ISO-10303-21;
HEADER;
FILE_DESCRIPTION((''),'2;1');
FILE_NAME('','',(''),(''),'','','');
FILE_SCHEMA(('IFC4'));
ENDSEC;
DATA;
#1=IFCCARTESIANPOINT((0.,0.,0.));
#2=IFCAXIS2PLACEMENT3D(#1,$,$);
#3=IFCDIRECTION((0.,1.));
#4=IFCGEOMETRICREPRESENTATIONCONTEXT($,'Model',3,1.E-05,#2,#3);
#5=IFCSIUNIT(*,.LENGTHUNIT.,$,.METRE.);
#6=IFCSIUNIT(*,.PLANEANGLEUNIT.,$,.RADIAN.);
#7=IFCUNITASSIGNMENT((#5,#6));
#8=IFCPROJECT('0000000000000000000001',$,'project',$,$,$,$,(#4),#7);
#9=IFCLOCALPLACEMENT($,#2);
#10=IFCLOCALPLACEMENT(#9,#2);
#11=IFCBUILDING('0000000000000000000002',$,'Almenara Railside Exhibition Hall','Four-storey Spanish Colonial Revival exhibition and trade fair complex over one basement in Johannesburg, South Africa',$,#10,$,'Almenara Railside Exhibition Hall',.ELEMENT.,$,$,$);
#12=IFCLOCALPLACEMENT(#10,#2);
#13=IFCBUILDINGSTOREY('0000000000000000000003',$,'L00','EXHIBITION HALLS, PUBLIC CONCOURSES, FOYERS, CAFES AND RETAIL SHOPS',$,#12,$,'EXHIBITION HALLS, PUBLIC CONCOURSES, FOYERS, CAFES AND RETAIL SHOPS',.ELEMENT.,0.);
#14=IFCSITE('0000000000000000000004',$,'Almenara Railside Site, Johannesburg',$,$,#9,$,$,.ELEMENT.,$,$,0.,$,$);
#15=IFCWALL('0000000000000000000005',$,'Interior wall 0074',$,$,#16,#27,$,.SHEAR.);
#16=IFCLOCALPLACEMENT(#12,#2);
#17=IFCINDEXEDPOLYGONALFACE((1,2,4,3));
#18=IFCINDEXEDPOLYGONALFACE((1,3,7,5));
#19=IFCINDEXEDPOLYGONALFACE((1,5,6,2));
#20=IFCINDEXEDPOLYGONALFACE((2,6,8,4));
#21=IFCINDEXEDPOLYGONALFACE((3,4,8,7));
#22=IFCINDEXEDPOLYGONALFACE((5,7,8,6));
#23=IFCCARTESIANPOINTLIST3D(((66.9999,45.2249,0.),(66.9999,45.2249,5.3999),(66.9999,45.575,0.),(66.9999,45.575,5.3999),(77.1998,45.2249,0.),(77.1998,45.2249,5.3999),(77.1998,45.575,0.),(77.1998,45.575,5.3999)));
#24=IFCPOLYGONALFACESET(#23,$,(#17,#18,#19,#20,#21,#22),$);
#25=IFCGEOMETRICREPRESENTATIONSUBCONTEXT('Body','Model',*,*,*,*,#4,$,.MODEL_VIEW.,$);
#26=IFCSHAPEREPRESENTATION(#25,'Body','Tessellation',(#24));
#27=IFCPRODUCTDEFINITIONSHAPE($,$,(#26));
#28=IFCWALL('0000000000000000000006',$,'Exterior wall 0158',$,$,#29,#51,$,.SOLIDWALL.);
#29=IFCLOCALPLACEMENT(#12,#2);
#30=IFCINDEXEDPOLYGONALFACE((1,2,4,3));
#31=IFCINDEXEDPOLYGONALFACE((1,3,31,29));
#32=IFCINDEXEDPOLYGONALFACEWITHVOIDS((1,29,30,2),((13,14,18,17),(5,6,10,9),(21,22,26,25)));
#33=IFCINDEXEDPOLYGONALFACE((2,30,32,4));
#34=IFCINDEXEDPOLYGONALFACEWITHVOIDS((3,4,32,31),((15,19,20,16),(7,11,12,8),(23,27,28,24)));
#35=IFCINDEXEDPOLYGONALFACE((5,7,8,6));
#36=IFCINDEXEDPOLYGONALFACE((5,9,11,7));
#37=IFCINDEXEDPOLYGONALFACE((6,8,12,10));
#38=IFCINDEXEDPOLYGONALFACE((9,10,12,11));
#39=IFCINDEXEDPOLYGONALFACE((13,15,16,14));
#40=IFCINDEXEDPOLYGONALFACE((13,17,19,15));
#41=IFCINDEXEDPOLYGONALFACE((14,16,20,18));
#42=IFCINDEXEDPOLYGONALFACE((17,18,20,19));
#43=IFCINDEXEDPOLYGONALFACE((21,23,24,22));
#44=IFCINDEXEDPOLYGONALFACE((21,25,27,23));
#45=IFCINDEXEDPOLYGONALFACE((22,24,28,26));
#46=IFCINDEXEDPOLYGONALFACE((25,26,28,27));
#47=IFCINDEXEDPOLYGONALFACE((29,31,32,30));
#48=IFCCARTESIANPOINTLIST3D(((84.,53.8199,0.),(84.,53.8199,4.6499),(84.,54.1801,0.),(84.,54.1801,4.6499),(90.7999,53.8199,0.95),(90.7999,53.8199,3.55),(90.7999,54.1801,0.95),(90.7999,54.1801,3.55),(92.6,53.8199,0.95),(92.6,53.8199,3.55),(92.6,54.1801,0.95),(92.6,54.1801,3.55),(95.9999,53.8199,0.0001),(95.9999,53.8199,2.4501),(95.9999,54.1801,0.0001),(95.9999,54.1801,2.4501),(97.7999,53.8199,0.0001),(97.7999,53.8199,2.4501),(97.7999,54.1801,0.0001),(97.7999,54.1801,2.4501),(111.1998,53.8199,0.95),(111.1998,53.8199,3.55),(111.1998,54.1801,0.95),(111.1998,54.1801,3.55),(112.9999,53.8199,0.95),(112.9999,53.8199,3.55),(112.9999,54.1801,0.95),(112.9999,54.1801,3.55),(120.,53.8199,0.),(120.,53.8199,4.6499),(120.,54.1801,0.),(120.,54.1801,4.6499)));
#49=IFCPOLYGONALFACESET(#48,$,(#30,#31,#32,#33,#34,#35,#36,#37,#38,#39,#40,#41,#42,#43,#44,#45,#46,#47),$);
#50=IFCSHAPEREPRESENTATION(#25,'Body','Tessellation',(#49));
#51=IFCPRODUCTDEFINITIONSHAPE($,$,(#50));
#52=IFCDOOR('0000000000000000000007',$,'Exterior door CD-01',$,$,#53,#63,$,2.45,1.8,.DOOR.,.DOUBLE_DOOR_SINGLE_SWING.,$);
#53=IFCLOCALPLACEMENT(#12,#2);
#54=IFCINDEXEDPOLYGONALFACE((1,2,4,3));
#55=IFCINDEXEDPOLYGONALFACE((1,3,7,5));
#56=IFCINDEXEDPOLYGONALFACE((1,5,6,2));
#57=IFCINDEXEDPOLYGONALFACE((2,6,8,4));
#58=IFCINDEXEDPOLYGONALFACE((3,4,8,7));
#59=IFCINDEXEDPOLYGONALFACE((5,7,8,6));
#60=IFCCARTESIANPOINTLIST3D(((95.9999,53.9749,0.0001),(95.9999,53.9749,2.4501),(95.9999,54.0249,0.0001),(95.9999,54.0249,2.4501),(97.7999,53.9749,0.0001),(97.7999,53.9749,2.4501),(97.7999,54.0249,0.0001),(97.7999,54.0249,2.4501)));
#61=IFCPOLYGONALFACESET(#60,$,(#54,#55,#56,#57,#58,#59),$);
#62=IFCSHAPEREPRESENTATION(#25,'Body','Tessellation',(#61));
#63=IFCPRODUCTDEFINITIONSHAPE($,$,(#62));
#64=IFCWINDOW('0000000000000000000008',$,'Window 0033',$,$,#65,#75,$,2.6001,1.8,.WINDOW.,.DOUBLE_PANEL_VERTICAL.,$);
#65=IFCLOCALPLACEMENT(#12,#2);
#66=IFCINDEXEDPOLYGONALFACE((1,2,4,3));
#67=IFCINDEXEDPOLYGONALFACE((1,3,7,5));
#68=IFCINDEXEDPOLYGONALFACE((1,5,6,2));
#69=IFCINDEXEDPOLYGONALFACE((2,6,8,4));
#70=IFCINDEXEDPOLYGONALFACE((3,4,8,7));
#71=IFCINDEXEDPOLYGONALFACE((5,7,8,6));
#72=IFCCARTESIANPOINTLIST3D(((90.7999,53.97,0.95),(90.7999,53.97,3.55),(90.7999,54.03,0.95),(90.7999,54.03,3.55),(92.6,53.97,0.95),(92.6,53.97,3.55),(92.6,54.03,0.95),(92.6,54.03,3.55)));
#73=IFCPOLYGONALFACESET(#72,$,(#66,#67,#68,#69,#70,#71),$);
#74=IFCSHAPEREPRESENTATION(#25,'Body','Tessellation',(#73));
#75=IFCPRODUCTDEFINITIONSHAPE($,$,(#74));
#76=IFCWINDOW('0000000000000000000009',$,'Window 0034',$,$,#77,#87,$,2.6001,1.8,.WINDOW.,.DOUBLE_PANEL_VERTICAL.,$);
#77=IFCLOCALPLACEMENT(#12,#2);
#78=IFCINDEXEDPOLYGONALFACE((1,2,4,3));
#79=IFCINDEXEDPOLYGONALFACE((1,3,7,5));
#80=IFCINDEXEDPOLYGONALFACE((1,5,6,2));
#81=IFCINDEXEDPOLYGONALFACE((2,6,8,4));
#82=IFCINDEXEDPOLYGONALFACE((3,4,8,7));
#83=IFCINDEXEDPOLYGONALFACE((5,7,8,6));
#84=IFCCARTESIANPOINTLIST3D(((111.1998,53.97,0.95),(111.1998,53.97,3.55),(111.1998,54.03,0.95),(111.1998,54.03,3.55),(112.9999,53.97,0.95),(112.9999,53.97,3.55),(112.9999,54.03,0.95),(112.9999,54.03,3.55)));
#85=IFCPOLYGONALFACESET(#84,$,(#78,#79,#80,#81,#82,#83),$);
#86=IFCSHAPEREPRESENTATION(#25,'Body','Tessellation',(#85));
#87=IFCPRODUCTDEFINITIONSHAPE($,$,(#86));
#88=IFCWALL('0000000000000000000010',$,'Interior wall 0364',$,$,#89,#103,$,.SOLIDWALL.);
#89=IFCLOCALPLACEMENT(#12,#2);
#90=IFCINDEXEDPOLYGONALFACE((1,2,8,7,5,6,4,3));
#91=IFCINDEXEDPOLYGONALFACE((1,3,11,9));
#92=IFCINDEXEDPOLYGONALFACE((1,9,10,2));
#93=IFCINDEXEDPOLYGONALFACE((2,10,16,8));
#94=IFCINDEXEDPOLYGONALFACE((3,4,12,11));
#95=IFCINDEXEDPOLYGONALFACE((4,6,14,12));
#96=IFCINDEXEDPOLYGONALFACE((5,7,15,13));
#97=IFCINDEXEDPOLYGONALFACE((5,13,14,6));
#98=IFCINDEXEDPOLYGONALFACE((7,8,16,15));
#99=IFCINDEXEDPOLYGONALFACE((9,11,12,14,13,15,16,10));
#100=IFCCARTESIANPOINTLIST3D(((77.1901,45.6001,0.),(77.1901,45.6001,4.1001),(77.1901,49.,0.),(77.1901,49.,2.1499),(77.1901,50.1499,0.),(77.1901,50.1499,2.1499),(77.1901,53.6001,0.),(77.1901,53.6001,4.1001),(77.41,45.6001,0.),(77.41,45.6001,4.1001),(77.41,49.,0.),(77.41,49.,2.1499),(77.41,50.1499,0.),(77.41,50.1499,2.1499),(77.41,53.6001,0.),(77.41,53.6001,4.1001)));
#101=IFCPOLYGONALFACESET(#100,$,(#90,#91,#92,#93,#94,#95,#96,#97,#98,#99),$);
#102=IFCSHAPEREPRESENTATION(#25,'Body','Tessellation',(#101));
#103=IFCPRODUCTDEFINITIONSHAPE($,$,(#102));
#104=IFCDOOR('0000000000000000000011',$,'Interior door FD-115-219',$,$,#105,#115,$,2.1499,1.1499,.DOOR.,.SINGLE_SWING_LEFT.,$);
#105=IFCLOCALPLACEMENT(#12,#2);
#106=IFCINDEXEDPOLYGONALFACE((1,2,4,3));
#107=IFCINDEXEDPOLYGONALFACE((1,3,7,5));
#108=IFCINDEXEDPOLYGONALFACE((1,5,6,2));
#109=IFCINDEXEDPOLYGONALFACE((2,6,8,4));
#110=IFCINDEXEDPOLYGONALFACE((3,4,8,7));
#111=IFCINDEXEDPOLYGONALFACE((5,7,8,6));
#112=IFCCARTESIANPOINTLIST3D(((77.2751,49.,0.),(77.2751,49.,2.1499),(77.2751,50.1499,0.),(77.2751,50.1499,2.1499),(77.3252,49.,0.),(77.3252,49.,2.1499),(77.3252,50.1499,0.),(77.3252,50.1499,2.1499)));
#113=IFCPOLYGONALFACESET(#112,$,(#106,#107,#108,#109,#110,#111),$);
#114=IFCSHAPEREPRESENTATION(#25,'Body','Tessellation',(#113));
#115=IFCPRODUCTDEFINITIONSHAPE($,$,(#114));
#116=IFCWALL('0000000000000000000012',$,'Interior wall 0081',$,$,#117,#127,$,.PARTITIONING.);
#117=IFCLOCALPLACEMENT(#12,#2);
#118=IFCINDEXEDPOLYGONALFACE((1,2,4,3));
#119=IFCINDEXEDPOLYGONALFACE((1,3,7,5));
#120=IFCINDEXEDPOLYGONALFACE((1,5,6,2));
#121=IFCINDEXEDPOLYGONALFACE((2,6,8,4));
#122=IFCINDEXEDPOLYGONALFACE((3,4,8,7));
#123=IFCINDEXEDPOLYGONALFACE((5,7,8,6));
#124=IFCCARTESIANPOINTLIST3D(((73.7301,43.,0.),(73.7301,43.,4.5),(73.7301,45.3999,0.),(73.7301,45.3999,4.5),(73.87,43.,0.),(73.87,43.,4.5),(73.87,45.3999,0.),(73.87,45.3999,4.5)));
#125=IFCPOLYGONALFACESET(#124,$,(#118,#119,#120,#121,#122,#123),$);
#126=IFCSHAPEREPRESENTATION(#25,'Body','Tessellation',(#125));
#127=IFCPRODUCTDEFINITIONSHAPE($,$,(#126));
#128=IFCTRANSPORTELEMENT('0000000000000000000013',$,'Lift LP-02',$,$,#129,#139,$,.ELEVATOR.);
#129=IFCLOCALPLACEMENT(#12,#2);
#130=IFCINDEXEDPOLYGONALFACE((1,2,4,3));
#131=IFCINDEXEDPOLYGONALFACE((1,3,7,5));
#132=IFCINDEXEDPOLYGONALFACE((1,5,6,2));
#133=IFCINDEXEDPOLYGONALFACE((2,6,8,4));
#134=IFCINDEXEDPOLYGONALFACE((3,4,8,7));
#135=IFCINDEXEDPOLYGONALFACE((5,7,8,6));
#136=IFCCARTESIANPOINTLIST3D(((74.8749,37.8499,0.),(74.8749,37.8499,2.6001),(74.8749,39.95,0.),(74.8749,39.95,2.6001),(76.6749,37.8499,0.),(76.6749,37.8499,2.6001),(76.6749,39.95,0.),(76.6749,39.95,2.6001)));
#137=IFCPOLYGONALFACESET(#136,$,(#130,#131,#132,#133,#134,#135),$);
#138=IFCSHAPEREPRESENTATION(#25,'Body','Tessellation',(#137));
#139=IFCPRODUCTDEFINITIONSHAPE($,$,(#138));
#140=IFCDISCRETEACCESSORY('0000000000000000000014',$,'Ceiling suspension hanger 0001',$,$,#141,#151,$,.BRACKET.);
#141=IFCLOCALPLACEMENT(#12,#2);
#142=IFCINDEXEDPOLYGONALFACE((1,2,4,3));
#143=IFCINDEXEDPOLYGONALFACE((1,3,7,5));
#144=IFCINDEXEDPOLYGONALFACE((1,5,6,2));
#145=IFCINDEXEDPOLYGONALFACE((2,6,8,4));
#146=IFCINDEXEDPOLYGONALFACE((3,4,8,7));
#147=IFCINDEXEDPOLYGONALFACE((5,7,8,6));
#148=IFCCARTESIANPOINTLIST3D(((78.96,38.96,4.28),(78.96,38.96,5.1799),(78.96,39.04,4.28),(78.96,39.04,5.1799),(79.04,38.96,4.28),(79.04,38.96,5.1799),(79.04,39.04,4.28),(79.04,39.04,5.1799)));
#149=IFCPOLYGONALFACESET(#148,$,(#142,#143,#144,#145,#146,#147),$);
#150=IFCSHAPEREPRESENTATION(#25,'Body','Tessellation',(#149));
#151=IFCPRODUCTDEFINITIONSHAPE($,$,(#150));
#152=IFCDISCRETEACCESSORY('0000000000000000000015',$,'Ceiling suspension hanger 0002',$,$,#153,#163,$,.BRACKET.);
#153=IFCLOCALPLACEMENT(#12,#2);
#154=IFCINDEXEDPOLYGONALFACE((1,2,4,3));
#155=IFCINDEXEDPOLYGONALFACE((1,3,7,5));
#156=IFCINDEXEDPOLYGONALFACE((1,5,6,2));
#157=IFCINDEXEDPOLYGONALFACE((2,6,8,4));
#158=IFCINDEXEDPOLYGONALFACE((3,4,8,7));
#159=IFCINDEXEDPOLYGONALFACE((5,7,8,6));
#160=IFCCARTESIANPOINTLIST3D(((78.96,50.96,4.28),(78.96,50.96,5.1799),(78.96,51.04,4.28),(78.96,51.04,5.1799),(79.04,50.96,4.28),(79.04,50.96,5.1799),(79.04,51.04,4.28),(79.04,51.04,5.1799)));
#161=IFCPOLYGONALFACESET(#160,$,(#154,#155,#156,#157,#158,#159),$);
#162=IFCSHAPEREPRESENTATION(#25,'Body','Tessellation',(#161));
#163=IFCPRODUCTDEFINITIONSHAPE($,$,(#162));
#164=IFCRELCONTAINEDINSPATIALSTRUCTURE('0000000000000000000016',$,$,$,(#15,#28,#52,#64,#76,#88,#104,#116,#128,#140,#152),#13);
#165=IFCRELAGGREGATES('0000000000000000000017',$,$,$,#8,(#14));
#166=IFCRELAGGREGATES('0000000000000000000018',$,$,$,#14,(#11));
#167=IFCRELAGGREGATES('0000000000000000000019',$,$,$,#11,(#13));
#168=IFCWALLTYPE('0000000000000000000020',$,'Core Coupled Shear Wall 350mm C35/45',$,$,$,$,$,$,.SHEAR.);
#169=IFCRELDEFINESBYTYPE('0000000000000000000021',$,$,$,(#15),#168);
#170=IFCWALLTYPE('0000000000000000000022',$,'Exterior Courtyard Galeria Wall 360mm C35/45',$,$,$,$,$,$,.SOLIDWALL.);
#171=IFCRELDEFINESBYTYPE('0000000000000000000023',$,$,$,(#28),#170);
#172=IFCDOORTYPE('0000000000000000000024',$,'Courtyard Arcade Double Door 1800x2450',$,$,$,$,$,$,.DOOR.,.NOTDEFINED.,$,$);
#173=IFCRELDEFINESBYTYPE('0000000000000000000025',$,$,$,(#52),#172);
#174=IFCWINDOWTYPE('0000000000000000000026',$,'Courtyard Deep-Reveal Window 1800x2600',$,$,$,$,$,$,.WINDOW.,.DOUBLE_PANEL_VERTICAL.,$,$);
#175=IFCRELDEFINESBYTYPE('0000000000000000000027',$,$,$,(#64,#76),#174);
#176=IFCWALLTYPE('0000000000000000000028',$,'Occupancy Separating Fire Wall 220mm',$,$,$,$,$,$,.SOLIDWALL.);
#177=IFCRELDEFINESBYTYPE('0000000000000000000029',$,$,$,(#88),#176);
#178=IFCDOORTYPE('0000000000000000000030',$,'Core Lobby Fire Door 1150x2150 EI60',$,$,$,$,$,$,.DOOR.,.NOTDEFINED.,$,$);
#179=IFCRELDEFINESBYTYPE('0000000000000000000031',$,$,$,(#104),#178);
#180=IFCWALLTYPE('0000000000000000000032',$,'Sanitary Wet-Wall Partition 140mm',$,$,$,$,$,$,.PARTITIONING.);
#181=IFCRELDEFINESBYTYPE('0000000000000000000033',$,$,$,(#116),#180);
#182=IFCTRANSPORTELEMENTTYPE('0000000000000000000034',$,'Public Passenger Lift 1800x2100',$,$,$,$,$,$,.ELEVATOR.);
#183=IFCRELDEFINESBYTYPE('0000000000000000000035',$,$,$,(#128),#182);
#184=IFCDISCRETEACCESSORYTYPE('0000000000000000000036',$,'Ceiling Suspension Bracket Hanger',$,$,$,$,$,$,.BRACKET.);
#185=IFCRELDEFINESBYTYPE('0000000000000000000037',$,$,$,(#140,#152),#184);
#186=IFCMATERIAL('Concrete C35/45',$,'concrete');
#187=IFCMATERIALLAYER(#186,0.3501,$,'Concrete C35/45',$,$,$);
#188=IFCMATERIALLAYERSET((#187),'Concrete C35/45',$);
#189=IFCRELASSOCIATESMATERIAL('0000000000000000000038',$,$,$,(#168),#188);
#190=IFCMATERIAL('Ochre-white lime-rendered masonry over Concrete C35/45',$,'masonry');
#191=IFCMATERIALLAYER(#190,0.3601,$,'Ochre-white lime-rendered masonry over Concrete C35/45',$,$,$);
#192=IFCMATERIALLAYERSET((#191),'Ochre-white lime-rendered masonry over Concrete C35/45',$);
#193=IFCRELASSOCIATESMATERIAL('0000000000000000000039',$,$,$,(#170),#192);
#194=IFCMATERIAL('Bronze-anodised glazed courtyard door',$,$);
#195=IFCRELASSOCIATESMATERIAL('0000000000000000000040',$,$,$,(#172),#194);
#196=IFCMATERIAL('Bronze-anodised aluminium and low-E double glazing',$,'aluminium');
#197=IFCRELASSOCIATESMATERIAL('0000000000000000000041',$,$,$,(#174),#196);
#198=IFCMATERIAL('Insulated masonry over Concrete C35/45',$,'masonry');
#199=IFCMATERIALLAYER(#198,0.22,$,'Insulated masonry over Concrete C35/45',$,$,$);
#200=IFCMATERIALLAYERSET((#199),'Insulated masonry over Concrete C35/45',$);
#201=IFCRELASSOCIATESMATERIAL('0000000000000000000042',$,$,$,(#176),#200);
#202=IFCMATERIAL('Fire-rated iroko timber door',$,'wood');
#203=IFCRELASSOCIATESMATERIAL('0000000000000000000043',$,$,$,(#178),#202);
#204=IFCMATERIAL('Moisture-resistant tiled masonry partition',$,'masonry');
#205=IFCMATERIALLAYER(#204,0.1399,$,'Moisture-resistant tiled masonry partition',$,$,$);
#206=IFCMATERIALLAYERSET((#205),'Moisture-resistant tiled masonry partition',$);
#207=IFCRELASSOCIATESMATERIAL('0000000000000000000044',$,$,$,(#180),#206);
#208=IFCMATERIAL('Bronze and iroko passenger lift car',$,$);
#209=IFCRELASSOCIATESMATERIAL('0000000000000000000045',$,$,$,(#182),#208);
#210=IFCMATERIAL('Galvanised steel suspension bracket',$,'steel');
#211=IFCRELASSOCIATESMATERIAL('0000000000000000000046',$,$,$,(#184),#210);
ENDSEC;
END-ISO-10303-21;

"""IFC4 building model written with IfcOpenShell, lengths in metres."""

from ifc_helpers import new_model, si_unit, direction, frame, frame_2d, origin, origin_2d, place, context, subcontext, project, spatial, rectangle, extrude, material, layer, layer_set, type_object, element, fill, save


model = new_model("IFC4")

# Units and contexts
model_context = context("Model", 3, precision=1e-05, world=origin(), true_north=direction((0.0, 1.0)))
body_context = subcontext(model_context, "Body", "Model", "MODEL_VIEW")
ifc_project = project(units=[si_unit("LENGTHUNIT", "METRE"), si_unit("PLANEANGLEUNIT", "RADIAN")], contexts=[model_context])

# Site, building, storey
site_placement = place(None, origin())
site = spatial("IfcSite", under=ifc_project, at=site_placement, Name="Almenara Railside Site, Johannesburg", CompositionType="ELEMENT", RefElevation=0.0)
building_placement = place(site_placement, origin())
building = spatial("IfcBuilding", under=site, at=building_placement, Name="Almenara Railside Exhibition Hall", Description="Four-storey Spanish Colonial Revival exhibition and trade fair complex over one basement in Johannesburg, South Africa", LongName="Almenara Railside Exhibition Hall", CompositionType="ELEMENT")
storey_placement = place(building_placement, origin())
storey = spatial("IfcBuildingStorey", under=building, at=storey_placement, Name="L00", Description="EXHIBITION HALLS, PUBLIC CONCOURSES, FOYERS, CAFES AND RETAIL SHOPS", LongName="EXHIBITION HALLS, PUBLIC CONCOURSES, FOYERS, CAFES AND RETAIL SHOPS", CompositionType="ELEMENT", Elevation=0.0)

# Shared definitions
ifc_material_1 = material(Name="Concrete C35/45", Category="concrete")

# Wall
ifc_layer_1 = layer(ifc_material_1, 0.3501, Name="Concrete C35/45")
ifc_layer_set_1 = layer_set([ifc_layer_1], Name="Concrete C35/45")
wall_type_1 = type_object("IfcWallType", Name="Core Coupled Shear Wall 350mm C35/45", PredefinedType="SHEAR", material=ifc_layer_set_1)
wall_1_placement = place(storey_placement, frame((77.2, 45.3999, 0.0), z_axis=(0.0, 0.0, 1.0), x_axis=(-1.0, 0.0, 0.0)))
element("IfcWall", 1, at=wall_1_placement, inside=storey, type_object=wall_type_1, Name="Interior wall 0074", PredefinedType="SHEAR", context=body_context, shape_type="SweptSolid", body=[
    extrude(rectangle(XDim=10.2, YDim=0.3501, at=frame_2d((5.1001, 0.0))), origin(), (0.0, 0.0, 1.0), 5.3999),
])

# Wall, openings, door, windows
ifc_material_2 = material(Name="Ochre-white lime-rendered masonry over Concrete C35/45", Category="masonry")
ifc_layer_2 = layer(ifc_material_2, 0.3601, Name="Ochre-white lime-rendered masonry over Concrete C35/45")
ifc_layer_set_2 = layer_set([ifc_layer_2], Name="Ochre-white lime-rendered masonry over Concrete C35/45")
wall_type_2 = type_object("IfcWallType", Name="Exterior Courtyard Galeria Wall 360mm C35/45", PredefinedType="SOLIDWALL", material=ifc_layer_set_2)
wall_2_placement = place(storey_placement, frame((84.0, 54.0, 0.0), z_axis=(0.0, 0.0, 1.0), x_axis=(1.0, 0.0, 0.0)))
wall_2 = element("IfcWall", 2, at=wall_2_placement, inside=storey, type_object=wall_type_2, Name="Exterior wall 0158", PredefinedType="SOLIDWALL", context=body_context, shape_type="SweptSolid", body=[
    extrude(rectangle(XDim=36.0, YDim=0.3601, at=frame_2d((18.0, 0.0))), origin(), (0.0, 0.0, 1.0), 4.6499),
])
opening_1_placement = place(wall_2_placement, frame((12.0, 0.0, 0.0)))
opening_1 = element("IfcOpeningElement", 3, at=opening_1_placement, cuts=wall_2, PredefinedType="OPENING", context=body_context, shape_type="SweptSolid", body=[
    extrude(rectangle(XDim=1.8, YDim=2.45, at=frame_2d((0.8999, 1.2251))), frame((0.0, 0.1899, 0.0), z_axis=(0.0, -1.0, 0.0), x_axis=(1.0, 0.0, 0.0)), (0.0, 0.0, 1.0), 0.3801),
])
opening_2_placement = place(wall_2_placement, frame((6.8, 0.0, 0.95)))
opening_2 = element("IfcOpeningElement", 4, at=opening_2_placement, cuts=wall_2, PredefinedType="OPENING", context=body_context, shape_type="SweptSolid", body=[
    extrude(rectangle(XDim=1.8, YDim=2.6001, at=frame_2d((0.8999, 1.3))), frame((0.0, 0.1899, 0.0), z_axis=(0.0, -1.0, 0.0), x_axis=(1.0, 0.0, 0.0)), (0.0, 0.0, 1.0), 0.3801),
])
opening_3_placement = place(wall_2_placement, frame((27.2, 0.0, 0.95)))
opening_3 = element("IfcOpeningElement", 5, at=opening_3_placement, cuts=wall_2, PredefinedType="OPENING", context=body_context, shape_type="SweptSolid", body=[
    extrude(rectangle(XDim=1.8, YDim=2.6001, at=frame_2d((0.8999, 1.3))), frame((0.0, 0.1899, 0.0), z_axis=(0.0, -1.0, 0.0), x_axis=(1.0, 0.0, 0.0)), (0.0, 0.0, 1.0), 0.3801),
])
ifc_material_3 = material(Name="Bronze-anodised glazed courtyard door")
door_type_1 = type_object("IfcDoorType", Name="Courtyard Arcade Double Door 1800x2450", OperationType="NOTDEFINED", PredefinedType="DOOR", material=ifc_material_3)
door_1_placement = place(opening_1_placement, origin())
door_1 = element("IfcDoor", 6, at=door_1_placement, inside=storey, type_object=door_type_1, Name="Exterior door CD-01", OperationType="DOUBLE_DOOR_SINGLE_SWING", OverallHeight=2.45, OverallWidth=1.8, PredefinedType="DOOR", context=body_context, shape_type="SweptSolid", body=[
    extrude(rectangle(XDim=1.8, YDim=2.45, at=frame_2d((0.8999, 1.2251))), frame((0.0, 0.0249, 0.0), z_axis=(0.0, -1.0, 0.0), x_axis=(1.0, 0.0, 0.0)), (0.0, 0.0, 1.0), 0.05),
])
fill(opening_1, door_1)
ifc_material_4 = material(Name="Bronze-anodised aluminium and low-E double glazing", Category="aluminium")
window_type = type_object("IfcWindowType", Name="Courtyard Deep-Reveal Window 1800x2600", PartitioningType="DOUBLE_PANEL_VERTICAL", PredefinedType="WINDOW", material=ifc_material_4)
window_1_placement = place(opening_2_placement, origin())
window_1 = element("IfcWindow", 7, at=window_1_placement, inside=storey, type_object=window_type, Name="Window 0033", OverallHeight=2.6001, OverallWidth=1.8, PartitioningType="DOUBLE_PANEL_VERTICAL", PredefinedType="WINDOW", context=body_context, shape_type="SweptSolid", body=[
    extrude(rectangle(XDim=1.8, YDim=2.6001, at=frame_2d((0.8999, 1.3))), frame((0.0, 0.03, 0.0), z_axis=(0.0, -1.0, 0.0), x_axis=(1.0, 0.0, 0.0)), (0.0, 0.0, 1.0), 0.0601),
])
fill(opening_2, window_1)
window_2_placement = place(opening_3_placement, origin())
window_2 = element("IfcWindow", 8, at=window_2_placement, inside=storey, type_object=window_type, Name="Window 0034", OverallHeight=2.6001, OverallWidth=1.8, PartitioningType="DOUBLE_PANEL_VERTICAL", PredefinedType="WINDOW", context=body_context, shape_type="SweptSolid", body=[
    extrude(rectangle(XDim=1.8, YDim=2.6001, at=frame_2d((0.8999, 1.3))), frame((0.0, 0.03, 0.0), z_axis=(0.0, -1.0, 0.0), x_axis=(1.0, 0.0, 0.0)), (0.0, 0.0, 1.0), 0.0601),
])
fill(opening_3, window_2)

# Wall, opening, door
ifc_material_5 = material(Name="Insulated masonry over Concrete C35/45", Category="masonry")
ifc_layer_3 = layer(ifc_material_5, 0.22, Name="Insulated masonry over Concrete C35/45")
ifc_layer_set_3 = layer_set([ifc_layer_3], Name="Insulated masonry over Concrete C35/45")
wall_type_3 = type_object("IfcWallType", Name="Occupancy Separating Fire Wall 220mm", PredefinedType="SOLIDWALL", material=ifc_layer_set_3)
wall_3_placement = place(storey_placement, frame((77.3, 45.6001, 0.0), z_axis=(0.0, 0.0, 1.0), x_axis=(0.0, 1.0, 0.0)))
wall_3 = element("IfcWall", 9, at=wall_3_placement, inside=storey, type_object=wall_type_3, Name="Interior wall 0364", PredefinedType="SOLIDWALL", context=body_context, shape_type="SweptSolid", body=[
    extrude(rectangle(XDim=8.0, YDim=0.22, at=frame_2d((4.0, 0.0))), origin(), (0.0, 0.0, 1.0), 4.1001),
])
opening_4_placement = place(wall_3_placement, frame((3.3999, 0.0, 0.0)))
opening_4 = element("IfcOpeningElement", 10, at=opening_4_placement, cuts=wall_3, PredefinedType="OPENING", context=body_context, shape_type="SweptSolid", body=[
    extrude(rectangle(XDim=1.1499, YDim=2.1499, at=frame_2d((0.575, 1.075))), frame((0.0, 0.1199, 0.0), z_axis=(0.0, -1.0, 0.0), x_axis=(1.0, 0.0, 0.0)), (0.0, 0.0, 1.0), 0.24),
])
ifc_material_6 = material(Name="Fire-rated iroko timber door", Category="wood")
door_type_2 = type_object("IfcDoorType", Name="Core Lobby Fire Door 1150x2150 EI60", OperationType="NOTDEFINED", PredefinedType="DOOR", material=ifc_material_6)
door_2_placement = place(opening_4_placement, origin())
door_2 = element("IfcDoor", 11, at=door_2_placement, inside=storey, type_object=door_type_2, Name="Interior door FD-115-219", OperationType="SINGLE_SWING_LEFT", OverallHeight=2.1499, OverallWidth=1.1499, PredefinedType="DOOR", context=body_context, shape_type="SweptSolid", body=[
    extrude(rectangle(XDim=1.1499, YDim=2.1499, at=frame_2d((0.575, 1.075))), frame((0.0, 0.0249, 0.0), z_axis=(0.0, -1.0, 0.0), x_axis=(1.0, 0.0, 0.0)), (0.0, 0.0, 1.0), 0.05),
])
fill(opening_4, door_2)

# Wall
ifc_material_7 = material(Name="Moisture-resistant tiled masonry partition", Category="masonry")
ifc_layer_4 = layer(ifc_material_7, 0.1399, Name="Moisture-resistant tiled masonry partition")
ifc_layer_set_4 = layer_set([ifc_layer_4], Name="Moisture-resistant tiled masonry partition")
wall_type_4 = type_object("IfcWallType", Name="Sanitary Wet-Wall Partition 140mm", PredefinedType="PARTITIONING", material=ifc_layer_set_4)
wall_4_placement = place(storey_placement, frame((73.8, 43.0, 0.0), z_axis=(0.0, 0.0, 1.0), x_axis=(0.0, 1.0, 0.0)))
element("IfcWall", 12, at=wall_4_placement, inside=storey, type_object=wall_type_4, Name="Interior wall 0081", PredefinedType="PARTITIONING", context=body_context, shape_type="SweptSolid", body=[
    extrude(rectangle(XDim=2.3999, YDim=0.1399, at=frame_2d((1.2, 0.0))), origin(), (0.0, 0.0, 1.0), 4.5),
])

# Transport element
ifc_material_8 = material(Name="Bronze and iroko passenger lift car")
transport_element_type = type_object("IfcTransportElementType", Name="Public Passenger Lift 1800x2100", PredefinedType="ELEVATOR", material=ifc_material_8)
transport_element_placement = place(storey_placement, frame((75.7749, 38.8999, 0.0), z_axis=(0.0, 0.0, 1.0), x_axis=(1.0, 0.0, 0.0)))
element("IfcTransportElement", 13, at=transport_element_placement, inside=storey, type_object=transport_element_type, Name="Lift LP-02", PredefinedType="ELEVATOR", context=body_context, shape_type="SweptSolid", body=[
    extrude(rectangle(XDim=1.8, YDim=2.1001, at=origin_2d()), origin(), (0.0, 0.0, 1.0), 2.6001),
])

# Discrete accessories
ifc_material_9 = material(Name="Galvanised steel suspension bracket", Category="steel")
discrete_accessory_type = type_object("IfcDiscreteAccessoryType", Name="Ceiling Suspension Bracket Hanger", PredefinedType="BRACKET", material=ifc_material_9)
for number, where, z_axis, x_axis, name in (
    (14, (79.0, 39.0, 4.28), (0.0, 0.0, 1.0), (1.0, 0.0, 0.0), "Ceiling suspension hanger 0001"),
    (15, (79.0, 51.0, 4.28), (0.0, 0.0, 1.0), (1.0, 0.0, 0.0), "Ceiling suspension hanger 0002"),
):
    element("IfcDiscreteAccessory", number, at=place(storey_placement, frame(where, z_axis=z_axis, x_axis=x_axis)), inside=storey, type_object=discrete_accessory_type, Name=name, PredefinedType="BRACKET", context=body_context, shape_type="SweptSolid", body=[
        extrude(rectangle(XDim=0.0801, YDim=0.0801, at=origin_2d()), origin(), (0.0, 0.0, 1.0), 0.8999),
    ])

save(model, "model.ifc")
